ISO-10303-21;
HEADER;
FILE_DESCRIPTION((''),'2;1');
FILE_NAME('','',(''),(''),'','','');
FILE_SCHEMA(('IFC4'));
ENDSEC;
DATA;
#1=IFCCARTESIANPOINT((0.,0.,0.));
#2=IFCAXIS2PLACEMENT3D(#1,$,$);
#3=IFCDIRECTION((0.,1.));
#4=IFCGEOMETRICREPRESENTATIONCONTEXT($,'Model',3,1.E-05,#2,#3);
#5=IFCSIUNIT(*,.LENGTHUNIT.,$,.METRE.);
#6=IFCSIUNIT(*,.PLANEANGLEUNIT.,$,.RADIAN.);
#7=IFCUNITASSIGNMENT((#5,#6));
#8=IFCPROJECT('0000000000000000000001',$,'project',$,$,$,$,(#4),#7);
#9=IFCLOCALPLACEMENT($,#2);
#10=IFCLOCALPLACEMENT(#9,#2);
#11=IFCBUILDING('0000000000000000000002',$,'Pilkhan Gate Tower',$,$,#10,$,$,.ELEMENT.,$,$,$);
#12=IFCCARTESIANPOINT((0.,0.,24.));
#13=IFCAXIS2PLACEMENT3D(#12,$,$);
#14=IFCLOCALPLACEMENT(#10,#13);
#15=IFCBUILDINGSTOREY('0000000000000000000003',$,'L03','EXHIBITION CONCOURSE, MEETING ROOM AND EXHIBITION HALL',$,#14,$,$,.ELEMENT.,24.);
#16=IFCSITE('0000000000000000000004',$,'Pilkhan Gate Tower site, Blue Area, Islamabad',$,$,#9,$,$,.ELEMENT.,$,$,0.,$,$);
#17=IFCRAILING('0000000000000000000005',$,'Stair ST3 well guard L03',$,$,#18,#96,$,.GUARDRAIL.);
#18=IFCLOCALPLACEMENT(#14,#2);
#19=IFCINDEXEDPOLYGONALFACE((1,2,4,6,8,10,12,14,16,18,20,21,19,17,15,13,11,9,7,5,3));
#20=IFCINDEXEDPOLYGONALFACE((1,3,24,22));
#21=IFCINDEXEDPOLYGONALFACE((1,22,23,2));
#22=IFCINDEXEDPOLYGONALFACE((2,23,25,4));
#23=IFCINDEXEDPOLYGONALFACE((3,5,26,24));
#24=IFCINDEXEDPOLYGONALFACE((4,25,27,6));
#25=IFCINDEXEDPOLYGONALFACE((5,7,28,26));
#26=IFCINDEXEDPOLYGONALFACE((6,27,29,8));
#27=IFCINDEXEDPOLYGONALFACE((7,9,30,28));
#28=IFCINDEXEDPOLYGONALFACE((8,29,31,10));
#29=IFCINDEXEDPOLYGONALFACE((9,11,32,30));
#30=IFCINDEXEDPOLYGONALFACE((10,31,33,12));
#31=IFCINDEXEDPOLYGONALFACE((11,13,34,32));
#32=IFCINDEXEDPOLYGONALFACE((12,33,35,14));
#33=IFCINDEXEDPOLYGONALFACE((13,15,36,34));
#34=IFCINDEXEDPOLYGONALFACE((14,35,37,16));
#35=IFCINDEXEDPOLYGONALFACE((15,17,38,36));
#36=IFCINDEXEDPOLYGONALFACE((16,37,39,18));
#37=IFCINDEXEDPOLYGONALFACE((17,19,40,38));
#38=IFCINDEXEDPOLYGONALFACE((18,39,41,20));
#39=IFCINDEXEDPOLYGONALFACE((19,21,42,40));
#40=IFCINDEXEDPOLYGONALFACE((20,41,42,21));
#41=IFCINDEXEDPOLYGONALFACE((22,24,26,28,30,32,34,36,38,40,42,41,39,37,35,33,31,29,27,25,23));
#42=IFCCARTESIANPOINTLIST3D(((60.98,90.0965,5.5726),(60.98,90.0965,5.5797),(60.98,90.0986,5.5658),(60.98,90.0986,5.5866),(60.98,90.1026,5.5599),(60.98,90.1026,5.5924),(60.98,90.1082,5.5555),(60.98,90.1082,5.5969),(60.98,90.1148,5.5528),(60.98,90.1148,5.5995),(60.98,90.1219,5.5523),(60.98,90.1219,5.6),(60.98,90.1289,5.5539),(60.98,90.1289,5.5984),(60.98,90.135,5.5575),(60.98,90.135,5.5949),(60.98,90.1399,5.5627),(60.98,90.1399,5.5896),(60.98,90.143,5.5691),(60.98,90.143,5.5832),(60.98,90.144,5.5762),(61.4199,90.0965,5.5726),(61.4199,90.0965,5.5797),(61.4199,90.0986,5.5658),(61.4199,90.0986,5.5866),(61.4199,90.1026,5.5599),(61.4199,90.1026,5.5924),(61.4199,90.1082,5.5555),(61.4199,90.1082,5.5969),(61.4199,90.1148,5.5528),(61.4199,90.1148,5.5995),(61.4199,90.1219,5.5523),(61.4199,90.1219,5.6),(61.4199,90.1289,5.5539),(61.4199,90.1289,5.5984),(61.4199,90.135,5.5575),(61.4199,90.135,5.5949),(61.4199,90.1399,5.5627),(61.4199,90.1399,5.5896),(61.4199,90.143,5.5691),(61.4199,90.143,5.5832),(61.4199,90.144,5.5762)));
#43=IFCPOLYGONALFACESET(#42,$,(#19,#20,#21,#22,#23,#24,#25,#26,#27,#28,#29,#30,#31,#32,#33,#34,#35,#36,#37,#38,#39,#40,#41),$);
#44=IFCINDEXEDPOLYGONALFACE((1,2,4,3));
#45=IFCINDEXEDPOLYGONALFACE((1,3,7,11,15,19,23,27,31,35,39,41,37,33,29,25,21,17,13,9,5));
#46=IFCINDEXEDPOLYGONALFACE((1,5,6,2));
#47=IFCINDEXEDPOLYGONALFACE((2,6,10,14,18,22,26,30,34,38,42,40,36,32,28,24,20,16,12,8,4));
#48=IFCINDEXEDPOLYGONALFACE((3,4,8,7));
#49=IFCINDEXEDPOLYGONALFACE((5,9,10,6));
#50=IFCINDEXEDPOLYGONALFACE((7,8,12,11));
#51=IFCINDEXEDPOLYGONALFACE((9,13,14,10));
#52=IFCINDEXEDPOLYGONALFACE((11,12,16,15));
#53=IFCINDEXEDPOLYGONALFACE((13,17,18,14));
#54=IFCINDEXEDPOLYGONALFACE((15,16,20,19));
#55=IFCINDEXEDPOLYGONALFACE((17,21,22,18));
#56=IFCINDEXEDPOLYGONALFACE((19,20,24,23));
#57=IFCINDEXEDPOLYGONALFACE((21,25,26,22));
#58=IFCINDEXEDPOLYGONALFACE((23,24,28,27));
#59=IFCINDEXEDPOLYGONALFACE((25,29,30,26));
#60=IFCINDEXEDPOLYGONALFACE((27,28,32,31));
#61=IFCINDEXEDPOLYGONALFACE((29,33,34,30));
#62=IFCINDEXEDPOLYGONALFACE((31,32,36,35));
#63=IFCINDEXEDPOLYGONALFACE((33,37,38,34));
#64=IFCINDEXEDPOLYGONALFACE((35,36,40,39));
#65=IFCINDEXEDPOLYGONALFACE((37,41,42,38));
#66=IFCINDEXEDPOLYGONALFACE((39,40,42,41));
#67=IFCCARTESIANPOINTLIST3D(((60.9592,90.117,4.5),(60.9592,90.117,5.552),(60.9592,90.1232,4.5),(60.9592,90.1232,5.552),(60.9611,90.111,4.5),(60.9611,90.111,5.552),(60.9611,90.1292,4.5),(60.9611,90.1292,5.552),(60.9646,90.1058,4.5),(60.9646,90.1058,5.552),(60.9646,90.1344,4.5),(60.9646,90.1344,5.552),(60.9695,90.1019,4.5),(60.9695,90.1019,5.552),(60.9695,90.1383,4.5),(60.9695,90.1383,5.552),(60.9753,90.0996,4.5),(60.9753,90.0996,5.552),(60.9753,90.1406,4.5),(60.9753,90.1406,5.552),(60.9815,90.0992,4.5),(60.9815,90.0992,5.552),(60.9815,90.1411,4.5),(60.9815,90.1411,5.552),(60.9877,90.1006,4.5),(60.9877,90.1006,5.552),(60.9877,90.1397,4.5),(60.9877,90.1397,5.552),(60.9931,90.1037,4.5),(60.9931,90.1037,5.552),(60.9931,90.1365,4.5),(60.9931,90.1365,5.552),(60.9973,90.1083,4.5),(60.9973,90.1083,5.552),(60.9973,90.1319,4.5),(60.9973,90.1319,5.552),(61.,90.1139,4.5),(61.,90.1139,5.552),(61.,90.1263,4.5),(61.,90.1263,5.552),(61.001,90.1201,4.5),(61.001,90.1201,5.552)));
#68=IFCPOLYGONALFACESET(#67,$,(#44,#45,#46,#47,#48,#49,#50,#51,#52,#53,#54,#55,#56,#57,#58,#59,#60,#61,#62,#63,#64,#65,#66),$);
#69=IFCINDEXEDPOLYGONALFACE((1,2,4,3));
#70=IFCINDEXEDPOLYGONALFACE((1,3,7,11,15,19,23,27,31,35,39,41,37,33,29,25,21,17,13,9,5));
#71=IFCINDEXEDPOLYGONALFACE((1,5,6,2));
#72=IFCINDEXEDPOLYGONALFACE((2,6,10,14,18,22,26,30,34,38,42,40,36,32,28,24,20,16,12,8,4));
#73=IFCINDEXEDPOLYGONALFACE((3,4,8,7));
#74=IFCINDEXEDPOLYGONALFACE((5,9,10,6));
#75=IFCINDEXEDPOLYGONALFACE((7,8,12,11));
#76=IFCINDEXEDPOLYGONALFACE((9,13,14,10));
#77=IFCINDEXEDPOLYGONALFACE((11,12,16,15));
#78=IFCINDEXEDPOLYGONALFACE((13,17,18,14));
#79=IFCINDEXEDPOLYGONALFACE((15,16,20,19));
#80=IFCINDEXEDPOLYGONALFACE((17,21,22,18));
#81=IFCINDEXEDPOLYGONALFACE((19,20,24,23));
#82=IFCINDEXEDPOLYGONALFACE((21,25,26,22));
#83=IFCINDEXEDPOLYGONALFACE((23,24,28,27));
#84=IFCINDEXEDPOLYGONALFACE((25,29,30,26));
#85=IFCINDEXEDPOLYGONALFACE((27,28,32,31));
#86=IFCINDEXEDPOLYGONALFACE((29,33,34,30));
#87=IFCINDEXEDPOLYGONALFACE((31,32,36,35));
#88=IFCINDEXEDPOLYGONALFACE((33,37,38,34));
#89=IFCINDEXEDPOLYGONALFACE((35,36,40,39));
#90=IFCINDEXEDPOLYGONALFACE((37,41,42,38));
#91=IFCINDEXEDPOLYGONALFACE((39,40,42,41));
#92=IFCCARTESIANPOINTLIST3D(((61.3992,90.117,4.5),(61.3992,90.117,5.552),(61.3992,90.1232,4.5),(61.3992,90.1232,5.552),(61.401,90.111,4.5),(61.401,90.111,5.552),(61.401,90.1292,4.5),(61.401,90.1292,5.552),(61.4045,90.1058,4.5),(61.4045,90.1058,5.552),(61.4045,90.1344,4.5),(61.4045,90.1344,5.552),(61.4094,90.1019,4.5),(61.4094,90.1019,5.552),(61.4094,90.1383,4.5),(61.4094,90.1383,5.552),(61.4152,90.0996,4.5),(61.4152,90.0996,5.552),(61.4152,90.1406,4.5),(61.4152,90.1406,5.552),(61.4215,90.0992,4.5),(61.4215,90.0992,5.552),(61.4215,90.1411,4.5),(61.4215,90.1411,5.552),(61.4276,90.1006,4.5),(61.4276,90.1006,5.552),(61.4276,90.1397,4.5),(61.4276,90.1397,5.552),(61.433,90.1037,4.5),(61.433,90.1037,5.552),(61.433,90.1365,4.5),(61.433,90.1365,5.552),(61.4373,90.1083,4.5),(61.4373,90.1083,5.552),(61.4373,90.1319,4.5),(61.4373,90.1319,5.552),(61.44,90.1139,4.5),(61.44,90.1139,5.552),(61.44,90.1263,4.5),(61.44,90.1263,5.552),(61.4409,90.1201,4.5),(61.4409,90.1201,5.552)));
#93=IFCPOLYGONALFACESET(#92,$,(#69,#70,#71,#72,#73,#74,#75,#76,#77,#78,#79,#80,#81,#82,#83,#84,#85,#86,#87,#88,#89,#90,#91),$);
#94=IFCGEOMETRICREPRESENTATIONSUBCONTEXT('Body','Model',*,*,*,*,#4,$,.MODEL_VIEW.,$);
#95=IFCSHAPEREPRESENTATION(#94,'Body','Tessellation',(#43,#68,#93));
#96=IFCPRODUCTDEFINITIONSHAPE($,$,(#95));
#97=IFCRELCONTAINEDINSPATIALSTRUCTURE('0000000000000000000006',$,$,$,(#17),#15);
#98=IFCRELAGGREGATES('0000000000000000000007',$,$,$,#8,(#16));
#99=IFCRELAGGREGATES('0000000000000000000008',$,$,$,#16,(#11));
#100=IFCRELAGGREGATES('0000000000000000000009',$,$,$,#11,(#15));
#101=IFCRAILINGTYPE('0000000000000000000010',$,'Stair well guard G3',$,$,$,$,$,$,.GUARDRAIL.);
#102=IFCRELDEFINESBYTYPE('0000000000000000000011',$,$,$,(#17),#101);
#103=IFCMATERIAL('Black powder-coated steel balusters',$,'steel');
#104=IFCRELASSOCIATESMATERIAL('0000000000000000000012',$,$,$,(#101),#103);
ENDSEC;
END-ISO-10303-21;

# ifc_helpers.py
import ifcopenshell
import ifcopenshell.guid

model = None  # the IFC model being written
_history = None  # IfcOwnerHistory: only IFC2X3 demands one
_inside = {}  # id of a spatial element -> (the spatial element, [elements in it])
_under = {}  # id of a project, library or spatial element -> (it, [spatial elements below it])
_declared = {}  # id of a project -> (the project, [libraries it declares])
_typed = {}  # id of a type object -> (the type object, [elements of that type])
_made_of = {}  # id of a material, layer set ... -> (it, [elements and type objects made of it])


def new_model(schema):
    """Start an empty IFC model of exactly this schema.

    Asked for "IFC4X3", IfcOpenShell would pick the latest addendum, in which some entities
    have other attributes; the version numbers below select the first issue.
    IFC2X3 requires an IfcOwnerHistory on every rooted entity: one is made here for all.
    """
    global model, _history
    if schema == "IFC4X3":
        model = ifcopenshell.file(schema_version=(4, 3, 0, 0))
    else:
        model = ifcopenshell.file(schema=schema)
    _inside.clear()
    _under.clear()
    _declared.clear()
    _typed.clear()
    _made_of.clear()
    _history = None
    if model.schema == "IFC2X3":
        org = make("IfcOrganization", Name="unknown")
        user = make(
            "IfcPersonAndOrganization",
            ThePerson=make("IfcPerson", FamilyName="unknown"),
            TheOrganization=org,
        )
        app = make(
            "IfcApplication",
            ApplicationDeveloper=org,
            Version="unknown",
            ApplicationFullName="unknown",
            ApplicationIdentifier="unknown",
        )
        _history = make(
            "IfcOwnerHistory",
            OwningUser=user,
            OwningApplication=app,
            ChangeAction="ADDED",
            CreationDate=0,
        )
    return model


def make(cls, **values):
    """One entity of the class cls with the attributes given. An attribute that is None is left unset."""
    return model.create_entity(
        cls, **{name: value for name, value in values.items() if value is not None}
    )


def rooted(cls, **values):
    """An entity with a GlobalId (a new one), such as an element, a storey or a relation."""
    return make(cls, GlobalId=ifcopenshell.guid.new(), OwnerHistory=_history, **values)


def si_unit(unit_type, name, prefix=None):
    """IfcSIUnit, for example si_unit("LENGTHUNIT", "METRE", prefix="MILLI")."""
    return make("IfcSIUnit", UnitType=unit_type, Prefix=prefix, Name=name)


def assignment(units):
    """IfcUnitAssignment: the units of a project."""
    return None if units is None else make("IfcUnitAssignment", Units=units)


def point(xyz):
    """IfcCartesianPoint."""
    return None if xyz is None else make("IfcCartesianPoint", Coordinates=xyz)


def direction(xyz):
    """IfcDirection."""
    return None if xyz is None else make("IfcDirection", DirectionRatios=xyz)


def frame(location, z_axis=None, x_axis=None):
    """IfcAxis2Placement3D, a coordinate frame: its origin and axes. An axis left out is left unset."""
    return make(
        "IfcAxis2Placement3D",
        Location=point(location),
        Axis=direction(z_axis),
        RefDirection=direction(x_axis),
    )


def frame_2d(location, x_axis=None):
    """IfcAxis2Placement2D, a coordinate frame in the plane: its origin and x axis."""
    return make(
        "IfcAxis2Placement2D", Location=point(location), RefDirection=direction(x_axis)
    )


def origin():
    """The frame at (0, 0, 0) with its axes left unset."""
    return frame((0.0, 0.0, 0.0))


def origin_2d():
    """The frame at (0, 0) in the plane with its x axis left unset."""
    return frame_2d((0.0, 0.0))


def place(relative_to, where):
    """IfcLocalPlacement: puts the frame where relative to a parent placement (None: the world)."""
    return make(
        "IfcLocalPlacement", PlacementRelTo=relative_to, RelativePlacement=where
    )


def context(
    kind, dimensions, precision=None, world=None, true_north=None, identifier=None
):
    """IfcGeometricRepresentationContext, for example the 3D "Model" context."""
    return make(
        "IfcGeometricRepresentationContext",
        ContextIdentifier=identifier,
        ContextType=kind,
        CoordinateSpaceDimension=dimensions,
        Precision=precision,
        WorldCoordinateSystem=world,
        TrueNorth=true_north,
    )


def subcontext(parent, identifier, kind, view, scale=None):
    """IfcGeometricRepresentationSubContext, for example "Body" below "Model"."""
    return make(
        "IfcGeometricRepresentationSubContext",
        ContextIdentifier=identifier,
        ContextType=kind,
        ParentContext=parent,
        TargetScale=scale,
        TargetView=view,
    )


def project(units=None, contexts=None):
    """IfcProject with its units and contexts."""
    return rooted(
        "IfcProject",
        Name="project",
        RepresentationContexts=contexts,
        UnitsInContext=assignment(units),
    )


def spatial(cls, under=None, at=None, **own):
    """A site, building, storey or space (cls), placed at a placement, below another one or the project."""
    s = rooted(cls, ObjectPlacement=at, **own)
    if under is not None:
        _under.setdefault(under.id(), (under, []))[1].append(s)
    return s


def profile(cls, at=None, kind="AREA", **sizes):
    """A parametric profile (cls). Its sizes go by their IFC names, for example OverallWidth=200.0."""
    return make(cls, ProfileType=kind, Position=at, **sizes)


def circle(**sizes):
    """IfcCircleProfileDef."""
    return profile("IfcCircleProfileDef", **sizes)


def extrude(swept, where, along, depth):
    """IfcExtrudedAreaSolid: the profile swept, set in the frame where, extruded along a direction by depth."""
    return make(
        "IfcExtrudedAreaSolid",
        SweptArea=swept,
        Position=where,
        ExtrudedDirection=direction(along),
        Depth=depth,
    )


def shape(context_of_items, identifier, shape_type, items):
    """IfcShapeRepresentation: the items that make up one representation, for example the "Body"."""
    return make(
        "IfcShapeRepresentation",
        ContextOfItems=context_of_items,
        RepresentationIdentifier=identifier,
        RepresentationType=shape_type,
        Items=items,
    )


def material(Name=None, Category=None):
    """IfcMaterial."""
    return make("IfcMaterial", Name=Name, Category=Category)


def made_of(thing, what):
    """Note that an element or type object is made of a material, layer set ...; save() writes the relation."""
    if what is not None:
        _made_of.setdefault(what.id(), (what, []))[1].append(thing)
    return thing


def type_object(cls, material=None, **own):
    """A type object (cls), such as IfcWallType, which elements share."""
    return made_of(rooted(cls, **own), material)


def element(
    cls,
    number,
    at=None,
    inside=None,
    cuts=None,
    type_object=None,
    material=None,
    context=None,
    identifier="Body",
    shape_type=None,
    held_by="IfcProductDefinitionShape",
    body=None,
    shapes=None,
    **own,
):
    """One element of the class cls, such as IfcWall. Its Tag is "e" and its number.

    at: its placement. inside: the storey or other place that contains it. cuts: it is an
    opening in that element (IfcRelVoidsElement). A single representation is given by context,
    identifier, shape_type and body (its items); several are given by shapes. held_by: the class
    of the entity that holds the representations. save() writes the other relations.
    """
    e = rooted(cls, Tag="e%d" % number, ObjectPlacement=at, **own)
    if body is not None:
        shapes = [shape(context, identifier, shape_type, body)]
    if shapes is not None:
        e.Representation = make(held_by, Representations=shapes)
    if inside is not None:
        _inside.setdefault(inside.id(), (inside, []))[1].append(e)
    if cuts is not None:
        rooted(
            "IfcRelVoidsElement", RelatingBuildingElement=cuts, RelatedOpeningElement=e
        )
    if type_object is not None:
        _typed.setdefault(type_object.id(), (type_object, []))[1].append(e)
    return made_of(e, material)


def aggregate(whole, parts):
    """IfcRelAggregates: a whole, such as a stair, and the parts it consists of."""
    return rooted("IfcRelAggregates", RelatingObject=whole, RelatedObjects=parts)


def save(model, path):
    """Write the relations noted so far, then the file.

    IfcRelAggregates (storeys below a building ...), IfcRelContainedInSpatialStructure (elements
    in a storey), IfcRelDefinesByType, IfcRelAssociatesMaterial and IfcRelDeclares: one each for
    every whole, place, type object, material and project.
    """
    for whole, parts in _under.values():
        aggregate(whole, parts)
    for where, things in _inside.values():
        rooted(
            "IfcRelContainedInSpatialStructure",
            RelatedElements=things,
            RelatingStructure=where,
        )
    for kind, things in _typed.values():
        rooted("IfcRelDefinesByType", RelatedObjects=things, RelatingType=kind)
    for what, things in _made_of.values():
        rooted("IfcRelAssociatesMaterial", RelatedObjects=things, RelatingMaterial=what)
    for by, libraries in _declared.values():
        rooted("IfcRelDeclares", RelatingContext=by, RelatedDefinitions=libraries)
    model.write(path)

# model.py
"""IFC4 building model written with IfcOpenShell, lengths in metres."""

from ifc_helpers import new_model, si_unit, direction, frame, origin, origin_2d, place, context, subcontext, project, spatial, circle, extrude, material, type_object, element, save


model = new_model("IFC4")

# Units and contexts
model_context = context("Model", 3, precision=1e-05, world=origin(), true_north=direction((0.0, 1.0)))
body_context = subcontext(model_context, "Body", "Model", "MODEL_VIEW")
ifc_project = project(units=[si_unit("LENGTHUNIT", "METRE"), si_unit("PLANEANGLEUNIT", "RADIAN")], contexts=[model_context])

# Site, building, storey
site_placement = place(None, origin())
site = spatial("IfcSite", under=ifc_project, at=site_placement, Name="Pilkhan Gate Tower site, Blue Area, Islamabad", CompositionType="ELEMENT", RefElevation=0.0)
building_placement = place(site_placement, origin())
building = spatial("IfcBuilding", under=site, at=building_placement, Name="Pilkhan Gate Tower", CompositionType="ELEMENT")
storey_placement = place(building_placement, frame((0.0, 0.0, 24.0)))
storey = spatial("IfcBuildingStorey", under=building, at=storey_placement, Name="L03", Description="EXHIBITION CONCOURSE, MEETING ROOM AND EXHIBITION HALL", CompositionType="ELEMENT", Elevation=24.0)

# Railing
ifc_material_1 = material(Name="Black powder-coated steel balusters", Category="steel")
railing_type = type_object("IfcRailingType", Name="Stair well guard G3", PredefinedType="GUARDRAIL", material=ifc_material_1)
for number, where, name in (
    (1, (60.98, 90.1201, 4.5), "Stair ST3 well guard L03"),
):
    element("IfcRailing", number, at=place(storey_placement, frame(where)), inside=storey, type_object=railing_type, Name=name, PredefinedType="GUARDRAIL", context=body_context, shape_type="SweptSolid", body=[
        extrude(circle(Radius=0.0239, at=origin_2d()), frame((0.0, 0.0, 1.0762), z_axis=(1.0, 0.0, 0.0), x_axis=(0.0, 1.0, 0.0)), (0.0, 0.0, 1.0), 0.4399),
        extrude(circle(Radius=0.021, at=origin_2d()), origin(), (0.0, 0.0, 1.0), 1.052),
        extrude(circle(Radius=0.021, at=origin_2d()), frame((0.4399, 0.0, 0.0)), (0.0, 0.0, 1.0), 1.052),
    ])

save(model, "model.ifc")
